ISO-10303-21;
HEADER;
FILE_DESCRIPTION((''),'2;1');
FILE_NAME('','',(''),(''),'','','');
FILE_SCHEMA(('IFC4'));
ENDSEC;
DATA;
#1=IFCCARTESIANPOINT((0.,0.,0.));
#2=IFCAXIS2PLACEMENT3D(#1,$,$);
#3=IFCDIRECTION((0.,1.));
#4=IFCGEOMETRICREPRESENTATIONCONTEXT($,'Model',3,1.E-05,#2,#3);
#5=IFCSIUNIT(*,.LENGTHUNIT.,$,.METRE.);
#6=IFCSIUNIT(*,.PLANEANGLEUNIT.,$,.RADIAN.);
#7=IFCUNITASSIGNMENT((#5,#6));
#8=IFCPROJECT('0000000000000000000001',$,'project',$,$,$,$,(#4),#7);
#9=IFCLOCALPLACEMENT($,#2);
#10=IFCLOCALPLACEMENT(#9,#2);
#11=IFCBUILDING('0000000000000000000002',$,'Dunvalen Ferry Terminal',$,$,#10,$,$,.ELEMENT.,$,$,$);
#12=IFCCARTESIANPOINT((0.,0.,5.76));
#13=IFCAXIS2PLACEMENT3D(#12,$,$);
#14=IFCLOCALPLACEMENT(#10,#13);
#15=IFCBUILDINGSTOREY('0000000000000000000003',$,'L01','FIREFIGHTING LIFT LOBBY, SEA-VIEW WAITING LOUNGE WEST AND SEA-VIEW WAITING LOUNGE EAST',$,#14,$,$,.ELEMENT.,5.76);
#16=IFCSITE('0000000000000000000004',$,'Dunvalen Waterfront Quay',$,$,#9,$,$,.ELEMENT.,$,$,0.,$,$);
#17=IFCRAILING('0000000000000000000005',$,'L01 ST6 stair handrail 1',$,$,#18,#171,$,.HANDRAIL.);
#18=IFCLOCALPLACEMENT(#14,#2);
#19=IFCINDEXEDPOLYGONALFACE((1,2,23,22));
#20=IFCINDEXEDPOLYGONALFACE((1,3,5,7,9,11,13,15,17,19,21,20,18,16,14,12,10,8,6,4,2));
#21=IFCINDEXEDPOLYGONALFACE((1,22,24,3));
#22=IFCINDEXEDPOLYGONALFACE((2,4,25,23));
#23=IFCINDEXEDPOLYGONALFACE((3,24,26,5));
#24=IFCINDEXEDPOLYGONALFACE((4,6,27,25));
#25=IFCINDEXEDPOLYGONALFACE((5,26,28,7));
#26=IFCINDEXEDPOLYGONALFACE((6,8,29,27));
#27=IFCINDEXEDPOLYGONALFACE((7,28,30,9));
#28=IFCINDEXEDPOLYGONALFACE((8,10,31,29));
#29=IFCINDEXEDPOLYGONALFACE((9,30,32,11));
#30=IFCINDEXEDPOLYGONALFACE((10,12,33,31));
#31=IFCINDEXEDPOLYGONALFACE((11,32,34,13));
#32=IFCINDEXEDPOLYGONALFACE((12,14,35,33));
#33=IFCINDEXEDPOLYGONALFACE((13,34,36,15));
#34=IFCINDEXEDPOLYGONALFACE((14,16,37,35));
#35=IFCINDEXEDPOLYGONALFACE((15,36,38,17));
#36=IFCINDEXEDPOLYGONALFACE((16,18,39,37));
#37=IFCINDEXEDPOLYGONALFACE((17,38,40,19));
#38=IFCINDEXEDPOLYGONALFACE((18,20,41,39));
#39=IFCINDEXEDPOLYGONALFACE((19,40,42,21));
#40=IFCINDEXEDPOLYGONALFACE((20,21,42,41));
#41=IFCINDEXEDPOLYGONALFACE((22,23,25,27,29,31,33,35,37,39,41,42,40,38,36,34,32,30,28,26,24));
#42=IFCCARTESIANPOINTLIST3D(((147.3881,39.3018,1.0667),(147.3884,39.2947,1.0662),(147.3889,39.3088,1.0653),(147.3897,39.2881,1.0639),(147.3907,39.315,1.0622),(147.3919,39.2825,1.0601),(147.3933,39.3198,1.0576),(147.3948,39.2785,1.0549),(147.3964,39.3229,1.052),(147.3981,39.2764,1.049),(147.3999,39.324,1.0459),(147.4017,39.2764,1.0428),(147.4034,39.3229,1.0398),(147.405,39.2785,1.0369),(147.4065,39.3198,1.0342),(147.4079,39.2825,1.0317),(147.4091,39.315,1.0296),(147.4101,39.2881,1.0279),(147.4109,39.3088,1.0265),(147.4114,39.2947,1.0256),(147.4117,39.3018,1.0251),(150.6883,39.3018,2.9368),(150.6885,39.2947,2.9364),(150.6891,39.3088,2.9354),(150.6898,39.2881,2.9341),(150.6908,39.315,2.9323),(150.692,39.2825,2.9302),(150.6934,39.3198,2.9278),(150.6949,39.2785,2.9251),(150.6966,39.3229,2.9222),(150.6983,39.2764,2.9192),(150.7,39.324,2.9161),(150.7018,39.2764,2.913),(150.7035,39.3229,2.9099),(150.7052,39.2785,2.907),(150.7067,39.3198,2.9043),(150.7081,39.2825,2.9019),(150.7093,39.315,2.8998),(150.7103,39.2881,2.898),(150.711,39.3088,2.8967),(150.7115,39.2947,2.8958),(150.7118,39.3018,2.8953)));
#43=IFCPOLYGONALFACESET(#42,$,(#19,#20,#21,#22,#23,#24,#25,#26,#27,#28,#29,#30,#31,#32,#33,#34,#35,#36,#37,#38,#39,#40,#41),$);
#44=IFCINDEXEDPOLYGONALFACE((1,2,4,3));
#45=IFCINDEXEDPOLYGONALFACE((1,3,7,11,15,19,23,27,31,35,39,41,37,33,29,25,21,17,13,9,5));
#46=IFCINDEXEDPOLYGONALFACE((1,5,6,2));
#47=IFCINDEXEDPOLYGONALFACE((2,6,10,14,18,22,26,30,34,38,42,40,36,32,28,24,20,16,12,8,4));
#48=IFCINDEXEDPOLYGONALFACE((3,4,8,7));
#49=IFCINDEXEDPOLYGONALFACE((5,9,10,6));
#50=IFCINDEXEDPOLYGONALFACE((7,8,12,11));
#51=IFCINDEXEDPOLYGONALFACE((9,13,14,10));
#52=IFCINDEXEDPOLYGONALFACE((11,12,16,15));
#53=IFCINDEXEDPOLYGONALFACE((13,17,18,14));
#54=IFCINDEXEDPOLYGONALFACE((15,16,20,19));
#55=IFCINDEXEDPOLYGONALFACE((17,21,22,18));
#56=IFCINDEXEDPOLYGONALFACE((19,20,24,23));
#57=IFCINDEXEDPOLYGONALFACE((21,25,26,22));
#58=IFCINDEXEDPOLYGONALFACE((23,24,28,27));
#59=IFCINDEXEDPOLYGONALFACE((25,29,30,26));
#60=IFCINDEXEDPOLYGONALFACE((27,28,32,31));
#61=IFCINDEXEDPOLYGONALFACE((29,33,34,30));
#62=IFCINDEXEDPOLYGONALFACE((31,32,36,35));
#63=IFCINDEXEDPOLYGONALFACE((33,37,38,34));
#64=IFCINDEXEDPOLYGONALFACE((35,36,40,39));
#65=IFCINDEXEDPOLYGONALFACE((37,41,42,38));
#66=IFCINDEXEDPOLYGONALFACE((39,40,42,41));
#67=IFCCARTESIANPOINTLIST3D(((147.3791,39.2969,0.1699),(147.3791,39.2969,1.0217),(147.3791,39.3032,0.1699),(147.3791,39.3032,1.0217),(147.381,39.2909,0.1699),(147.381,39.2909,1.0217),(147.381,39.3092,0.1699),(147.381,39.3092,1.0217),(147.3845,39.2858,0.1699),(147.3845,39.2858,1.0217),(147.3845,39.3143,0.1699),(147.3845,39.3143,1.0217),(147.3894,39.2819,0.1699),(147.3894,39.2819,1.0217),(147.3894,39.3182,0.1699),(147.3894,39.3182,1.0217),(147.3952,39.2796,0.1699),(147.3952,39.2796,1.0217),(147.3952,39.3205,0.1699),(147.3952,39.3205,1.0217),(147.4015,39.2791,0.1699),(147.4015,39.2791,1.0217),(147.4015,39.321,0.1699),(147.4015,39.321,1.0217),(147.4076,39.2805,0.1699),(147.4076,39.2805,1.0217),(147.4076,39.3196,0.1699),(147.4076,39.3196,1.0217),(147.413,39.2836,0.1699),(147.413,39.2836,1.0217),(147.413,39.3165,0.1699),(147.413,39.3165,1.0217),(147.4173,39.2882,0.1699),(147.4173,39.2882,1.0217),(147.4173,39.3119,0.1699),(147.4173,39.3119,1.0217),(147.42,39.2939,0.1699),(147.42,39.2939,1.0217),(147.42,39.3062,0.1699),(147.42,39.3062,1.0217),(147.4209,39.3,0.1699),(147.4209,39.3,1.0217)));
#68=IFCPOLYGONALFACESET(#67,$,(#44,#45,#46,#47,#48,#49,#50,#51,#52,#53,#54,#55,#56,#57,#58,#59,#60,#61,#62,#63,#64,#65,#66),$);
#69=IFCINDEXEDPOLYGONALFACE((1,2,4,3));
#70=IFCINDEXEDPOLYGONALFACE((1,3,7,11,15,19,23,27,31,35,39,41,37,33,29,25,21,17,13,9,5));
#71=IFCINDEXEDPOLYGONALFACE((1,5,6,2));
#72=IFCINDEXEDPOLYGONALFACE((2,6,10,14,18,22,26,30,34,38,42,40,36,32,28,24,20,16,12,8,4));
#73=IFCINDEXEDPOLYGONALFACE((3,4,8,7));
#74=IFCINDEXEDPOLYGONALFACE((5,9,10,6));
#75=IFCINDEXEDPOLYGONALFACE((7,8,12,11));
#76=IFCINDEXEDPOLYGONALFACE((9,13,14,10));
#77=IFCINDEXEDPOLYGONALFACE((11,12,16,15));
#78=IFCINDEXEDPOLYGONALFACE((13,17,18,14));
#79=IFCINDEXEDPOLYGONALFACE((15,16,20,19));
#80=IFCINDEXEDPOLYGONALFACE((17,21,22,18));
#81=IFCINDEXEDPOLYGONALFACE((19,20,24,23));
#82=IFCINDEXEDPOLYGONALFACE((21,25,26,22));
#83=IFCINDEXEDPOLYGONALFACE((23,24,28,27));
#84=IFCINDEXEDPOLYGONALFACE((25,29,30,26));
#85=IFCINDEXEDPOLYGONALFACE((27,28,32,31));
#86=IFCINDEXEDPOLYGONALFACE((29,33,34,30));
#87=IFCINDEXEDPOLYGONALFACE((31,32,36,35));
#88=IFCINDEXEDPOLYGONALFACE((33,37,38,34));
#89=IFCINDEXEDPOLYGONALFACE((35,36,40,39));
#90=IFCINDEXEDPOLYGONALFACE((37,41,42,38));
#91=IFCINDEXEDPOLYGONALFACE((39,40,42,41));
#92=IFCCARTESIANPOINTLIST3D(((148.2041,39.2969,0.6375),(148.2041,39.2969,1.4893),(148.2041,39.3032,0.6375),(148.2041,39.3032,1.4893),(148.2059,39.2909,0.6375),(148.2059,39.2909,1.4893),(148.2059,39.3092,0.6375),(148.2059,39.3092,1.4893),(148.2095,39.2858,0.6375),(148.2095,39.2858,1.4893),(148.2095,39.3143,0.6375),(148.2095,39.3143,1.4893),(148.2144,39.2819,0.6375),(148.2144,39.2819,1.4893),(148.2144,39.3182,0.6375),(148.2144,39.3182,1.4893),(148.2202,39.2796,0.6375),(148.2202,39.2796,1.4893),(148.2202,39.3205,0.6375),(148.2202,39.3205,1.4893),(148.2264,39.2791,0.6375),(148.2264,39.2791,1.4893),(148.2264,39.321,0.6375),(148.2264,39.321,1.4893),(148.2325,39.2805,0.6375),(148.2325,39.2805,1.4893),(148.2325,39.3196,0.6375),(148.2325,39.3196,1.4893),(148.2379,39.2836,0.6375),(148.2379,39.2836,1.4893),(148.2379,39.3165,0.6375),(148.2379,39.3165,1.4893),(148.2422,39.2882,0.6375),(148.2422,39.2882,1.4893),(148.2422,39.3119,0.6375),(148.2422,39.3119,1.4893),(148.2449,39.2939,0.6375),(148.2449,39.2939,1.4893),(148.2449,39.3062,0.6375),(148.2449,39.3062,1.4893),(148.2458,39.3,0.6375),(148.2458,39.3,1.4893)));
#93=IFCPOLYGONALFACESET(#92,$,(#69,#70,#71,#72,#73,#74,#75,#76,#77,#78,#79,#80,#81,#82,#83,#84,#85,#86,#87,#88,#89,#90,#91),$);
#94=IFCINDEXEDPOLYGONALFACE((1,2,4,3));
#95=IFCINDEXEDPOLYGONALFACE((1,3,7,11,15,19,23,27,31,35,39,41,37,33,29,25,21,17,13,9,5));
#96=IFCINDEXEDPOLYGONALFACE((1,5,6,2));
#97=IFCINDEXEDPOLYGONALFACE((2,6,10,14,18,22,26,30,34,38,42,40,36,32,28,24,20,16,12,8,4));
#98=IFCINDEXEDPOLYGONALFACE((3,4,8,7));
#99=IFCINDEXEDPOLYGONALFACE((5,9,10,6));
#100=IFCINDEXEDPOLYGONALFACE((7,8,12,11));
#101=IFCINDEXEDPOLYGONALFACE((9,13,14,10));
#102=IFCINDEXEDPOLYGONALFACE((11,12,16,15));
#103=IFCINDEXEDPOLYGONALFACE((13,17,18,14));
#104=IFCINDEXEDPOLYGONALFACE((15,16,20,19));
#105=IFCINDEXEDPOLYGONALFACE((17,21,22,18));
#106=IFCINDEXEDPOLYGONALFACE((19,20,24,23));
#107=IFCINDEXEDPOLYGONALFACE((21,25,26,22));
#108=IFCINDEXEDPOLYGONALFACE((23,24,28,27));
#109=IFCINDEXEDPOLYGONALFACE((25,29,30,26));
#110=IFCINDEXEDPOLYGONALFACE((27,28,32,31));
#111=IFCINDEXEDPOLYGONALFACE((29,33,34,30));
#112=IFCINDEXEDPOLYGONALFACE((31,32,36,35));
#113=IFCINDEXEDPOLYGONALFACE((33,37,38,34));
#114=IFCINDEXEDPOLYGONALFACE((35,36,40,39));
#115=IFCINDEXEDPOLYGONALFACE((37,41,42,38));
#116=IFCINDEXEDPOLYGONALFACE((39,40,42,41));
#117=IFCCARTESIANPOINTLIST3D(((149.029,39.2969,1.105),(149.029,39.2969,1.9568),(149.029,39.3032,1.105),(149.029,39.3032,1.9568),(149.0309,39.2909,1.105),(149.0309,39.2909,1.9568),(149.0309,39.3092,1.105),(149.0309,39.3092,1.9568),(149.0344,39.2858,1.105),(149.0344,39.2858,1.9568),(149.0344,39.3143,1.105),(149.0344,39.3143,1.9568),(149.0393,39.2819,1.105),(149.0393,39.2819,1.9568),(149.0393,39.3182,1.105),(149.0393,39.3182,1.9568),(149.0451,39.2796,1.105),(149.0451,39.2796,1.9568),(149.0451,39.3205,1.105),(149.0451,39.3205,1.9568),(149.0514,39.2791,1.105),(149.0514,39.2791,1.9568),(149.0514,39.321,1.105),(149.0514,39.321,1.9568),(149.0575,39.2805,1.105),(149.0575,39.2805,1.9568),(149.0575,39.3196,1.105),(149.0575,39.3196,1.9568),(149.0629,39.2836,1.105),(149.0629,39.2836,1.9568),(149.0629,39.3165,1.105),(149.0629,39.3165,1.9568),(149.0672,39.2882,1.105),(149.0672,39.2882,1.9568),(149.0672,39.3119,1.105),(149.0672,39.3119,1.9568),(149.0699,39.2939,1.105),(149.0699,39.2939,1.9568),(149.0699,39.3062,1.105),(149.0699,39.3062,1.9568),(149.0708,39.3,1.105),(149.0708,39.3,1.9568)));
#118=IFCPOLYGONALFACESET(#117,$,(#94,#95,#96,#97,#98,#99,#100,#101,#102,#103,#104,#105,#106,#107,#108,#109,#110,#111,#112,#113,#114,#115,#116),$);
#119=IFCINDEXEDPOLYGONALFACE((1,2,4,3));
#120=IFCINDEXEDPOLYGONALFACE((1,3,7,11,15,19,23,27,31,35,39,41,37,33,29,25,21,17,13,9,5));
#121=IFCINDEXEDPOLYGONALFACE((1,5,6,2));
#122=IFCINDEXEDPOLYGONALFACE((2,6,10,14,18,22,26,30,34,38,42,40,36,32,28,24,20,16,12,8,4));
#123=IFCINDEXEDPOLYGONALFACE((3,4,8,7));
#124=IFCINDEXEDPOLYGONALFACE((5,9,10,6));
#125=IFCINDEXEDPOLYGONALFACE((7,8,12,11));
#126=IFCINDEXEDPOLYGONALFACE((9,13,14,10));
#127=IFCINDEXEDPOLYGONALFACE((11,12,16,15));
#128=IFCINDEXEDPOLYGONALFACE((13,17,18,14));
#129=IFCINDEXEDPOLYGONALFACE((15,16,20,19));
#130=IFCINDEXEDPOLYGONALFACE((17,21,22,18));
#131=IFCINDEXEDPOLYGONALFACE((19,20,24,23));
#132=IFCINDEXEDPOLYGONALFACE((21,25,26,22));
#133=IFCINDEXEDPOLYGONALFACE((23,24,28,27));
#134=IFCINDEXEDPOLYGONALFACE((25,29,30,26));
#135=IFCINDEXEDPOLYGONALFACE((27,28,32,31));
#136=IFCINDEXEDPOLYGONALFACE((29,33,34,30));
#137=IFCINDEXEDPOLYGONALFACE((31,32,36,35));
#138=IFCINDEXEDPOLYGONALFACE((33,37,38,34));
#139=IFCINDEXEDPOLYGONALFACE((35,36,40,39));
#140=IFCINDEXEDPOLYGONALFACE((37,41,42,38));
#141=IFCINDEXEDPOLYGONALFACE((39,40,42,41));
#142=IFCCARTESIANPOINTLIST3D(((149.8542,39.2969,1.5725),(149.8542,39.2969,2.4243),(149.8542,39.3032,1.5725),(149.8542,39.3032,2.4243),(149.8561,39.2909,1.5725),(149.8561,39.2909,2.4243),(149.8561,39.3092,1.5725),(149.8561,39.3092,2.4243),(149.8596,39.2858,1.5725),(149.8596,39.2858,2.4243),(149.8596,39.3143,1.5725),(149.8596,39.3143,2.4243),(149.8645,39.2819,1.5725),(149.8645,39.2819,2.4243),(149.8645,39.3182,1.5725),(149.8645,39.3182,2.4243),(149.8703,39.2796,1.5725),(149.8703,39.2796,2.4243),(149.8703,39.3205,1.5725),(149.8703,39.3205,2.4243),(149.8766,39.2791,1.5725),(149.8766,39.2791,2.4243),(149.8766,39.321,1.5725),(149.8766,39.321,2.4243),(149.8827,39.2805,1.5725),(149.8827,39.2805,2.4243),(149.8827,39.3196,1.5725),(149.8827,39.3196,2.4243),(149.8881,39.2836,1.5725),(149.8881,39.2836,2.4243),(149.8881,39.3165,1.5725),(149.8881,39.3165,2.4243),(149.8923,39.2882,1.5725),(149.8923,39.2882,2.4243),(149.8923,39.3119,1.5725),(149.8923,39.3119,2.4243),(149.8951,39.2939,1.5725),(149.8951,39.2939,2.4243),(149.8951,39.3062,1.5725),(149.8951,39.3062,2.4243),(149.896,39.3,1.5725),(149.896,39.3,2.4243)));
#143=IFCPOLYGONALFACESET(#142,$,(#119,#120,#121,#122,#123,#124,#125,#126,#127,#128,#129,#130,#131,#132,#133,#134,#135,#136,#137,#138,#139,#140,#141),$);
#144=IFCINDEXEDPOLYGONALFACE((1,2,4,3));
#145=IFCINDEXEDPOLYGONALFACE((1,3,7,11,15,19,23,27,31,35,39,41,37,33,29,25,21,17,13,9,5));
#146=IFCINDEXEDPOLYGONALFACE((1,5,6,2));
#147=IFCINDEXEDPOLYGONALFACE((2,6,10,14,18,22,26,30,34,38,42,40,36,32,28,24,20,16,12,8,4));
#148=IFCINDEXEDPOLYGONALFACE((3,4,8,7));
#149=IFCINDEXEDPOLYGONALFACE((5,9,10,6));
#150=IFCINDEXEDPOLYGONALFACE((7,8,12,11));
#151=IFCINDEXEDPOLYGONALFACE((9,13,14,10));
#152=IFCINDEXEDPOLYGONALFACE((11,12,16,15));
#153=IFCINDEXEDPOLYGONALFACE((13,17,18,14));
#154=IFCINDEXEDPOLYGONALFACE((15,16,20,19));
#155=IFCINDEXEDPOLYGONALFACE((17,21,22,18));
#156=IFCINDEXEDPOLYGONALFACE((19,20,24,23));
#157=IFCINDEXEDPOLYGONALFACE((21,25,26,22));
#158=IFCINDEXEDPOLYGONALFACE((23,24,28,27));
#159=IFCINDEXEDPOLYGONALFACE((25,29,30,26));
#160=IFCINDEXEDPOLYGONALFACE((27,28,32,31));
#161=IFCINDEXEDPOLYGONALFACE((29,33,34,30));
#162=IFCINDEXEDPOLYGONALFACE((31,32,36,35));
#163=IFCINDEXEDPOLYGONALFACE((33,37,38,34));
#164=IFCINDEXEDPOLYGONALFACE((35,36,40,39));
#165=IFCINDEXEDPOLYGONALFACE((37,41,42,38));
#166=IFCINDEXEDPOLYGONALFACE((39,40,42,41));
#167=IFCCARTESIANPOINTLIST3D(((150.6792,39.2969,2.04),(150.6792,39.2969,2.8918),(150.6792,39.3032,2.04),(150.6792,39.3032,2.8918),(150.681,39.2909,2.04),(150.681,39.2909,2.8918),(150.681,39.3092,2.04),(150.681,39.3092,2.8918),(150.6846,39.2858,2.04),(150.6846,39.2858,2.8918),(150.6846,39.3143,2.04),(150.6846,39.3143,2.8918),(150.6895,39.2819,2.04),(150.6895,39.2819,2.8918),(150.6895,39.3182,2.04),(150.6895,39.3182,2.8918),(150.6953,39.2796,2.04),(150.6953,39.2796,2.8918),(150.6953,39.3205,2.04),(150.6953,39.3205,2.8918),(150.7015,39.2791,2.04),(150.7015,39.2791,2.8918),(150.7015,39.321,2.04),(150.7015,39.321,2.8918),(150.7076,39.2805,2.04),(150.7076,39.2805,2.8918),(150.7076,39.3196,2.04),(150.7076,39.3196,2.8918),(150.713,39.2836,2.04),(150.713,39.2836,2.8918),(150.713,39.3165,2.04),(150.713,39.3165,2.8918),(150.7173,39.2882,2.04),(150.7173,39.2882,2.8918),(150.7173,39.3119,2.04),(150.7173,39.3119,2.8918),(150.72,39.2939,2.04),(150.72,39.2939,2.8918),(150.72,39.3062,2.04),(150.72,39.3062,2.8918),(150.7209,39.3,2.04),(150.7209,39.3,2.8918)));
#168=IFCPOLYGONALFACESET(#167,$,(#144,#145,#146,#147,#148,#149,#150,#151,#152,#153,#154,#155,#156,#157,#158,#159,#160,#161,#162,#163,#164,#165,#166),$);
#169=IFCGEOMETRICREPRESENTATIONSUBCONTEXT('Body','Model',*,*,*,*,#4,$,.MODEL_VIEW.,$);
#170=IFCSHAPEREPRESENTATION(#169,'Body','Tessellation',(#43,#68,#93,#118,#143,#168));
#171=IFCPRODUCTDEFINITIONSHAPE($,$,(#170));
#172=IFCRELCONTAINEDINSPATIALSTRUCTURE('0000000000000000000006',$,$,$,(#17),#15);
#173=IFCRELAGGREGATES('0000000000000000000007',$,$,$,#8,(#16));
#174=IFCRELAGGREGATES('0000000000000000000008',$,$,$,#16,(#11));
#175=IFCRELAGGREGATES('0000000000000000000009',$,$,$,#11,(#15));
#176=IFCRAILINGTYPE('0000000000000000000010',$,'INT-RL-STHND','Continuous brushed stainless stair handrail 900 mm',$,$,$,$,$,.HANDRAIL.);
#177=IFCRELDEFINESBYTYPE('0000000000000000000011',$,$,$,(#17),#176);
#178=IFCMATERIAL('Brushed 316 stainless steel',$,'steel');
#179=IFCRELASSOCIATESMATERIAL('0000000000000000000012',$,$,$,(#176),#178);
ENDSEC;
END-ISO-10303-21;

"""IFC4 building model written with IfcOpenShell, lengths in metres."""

from ifc_helpers import new_model, si_unit, direction, frame, origin, origin_2d, place, context, subcontext, project, spatial, circle, extrude, material, type_object, element, save


model = new_model("IFC4")

# Units and contexts
model_context = context("Model", 3, precision=1e-05, world=origin(), true_north=direction((0.0, 1.0)))
body_context = subcontext(model_context, "Body", "Model", "MODEL_VIEW")
ifc_project = project(units=[si_unit("LENGTHUNIT", "METRE"), si_unit("PLANEANGLEUNIT", "RADIAN")], contexts=[model_context])

# Site, building, storey
site_placement = place(None, origin())
site = spatial("IfcSite", under=ifc_project, at=site_placement, Name="Dunvalen Waterfront Quay", CompositionType="ELEMENT", RefElevation=0.0)
building_placement = place(site_placement, origin())
building = spatial("IfcBuilding", under=site, at=building_placement, Name="Dunvalen Ferry Terminal", CompositionType="ELEMENT")
storey_placement = place(building_placement, frame((0.0, 0.0, 5.76)))
storey = spatial("IfcBuildingStorey", under=building, at=storey_placement, Name="L01", Description="FIREFIGHTING LIFT LOBBY, SEA-VIEW WAITING LOUNGE WEST AND SEA-VIEW WAITING LOUNGE EAST", CompositionType="ELEMENT", Elevation=5.76)

# Railing
ifc_material_1 = material(Name="Brushed 316 stainless steel", Category="steel")
railing_type_1 = type_object("IfcRailingType", Name="INT-RL-STHND", Description="Continuous brushed stainless stair handrail 900 mm", PredefinedType="HANDRAIL", material=ifc_material_1)
railing_1_placement = place(storey_placement, frame((147.3999, 39.3, 0.1699)))
element("IfcRailing", 1, at=railing_1_placement, inside=storey, type_object=railing_type_1, Name="L01 ST6 stair handrail 1", PredefinedType="HANDRAIL", context=body_context, shape_type="SweptSolid", body=[
    extrude(circle(Radius=0.0239, at=origin_2d()), frame((0.0, 0.0, 0.876), z_axis=(0.870012, 0.0, 0.49303), x_axis=(0.0, 1.0, 0.0)), (0.0, 0.0, 1.0), 3.7932),
    extrude(circle(Radius=0.021, at=origin_2d()), origin(), (0.0, 0.0, 1.0), 0.8518),
    extrude(circle(Radius=0.021, at=origin_2d()), frame((0.825, 0.0, 0.4675)), (0.0, 0.0, 1.0), 0.8518),
    extrude(circle(Radius=0.021, at=origin_2d()), frame((1.6499, 0.0, 0.9351)), (0.0, 0.0, 1.0), 0.8518),
    extrude(circle(Radius=0.021, at=origin_2d()), frame((2.4751, 0.0, 1.4026)), (0.0, 0.0, 1.0), 0.8518),
    extrude(circle(Radius=0.021, at=origin_2d()), frame((3.3, 0.0, 1.8701)), (0.0, 0.0, 1.0), 0.8518),
])

save(model, "model.ifc")
